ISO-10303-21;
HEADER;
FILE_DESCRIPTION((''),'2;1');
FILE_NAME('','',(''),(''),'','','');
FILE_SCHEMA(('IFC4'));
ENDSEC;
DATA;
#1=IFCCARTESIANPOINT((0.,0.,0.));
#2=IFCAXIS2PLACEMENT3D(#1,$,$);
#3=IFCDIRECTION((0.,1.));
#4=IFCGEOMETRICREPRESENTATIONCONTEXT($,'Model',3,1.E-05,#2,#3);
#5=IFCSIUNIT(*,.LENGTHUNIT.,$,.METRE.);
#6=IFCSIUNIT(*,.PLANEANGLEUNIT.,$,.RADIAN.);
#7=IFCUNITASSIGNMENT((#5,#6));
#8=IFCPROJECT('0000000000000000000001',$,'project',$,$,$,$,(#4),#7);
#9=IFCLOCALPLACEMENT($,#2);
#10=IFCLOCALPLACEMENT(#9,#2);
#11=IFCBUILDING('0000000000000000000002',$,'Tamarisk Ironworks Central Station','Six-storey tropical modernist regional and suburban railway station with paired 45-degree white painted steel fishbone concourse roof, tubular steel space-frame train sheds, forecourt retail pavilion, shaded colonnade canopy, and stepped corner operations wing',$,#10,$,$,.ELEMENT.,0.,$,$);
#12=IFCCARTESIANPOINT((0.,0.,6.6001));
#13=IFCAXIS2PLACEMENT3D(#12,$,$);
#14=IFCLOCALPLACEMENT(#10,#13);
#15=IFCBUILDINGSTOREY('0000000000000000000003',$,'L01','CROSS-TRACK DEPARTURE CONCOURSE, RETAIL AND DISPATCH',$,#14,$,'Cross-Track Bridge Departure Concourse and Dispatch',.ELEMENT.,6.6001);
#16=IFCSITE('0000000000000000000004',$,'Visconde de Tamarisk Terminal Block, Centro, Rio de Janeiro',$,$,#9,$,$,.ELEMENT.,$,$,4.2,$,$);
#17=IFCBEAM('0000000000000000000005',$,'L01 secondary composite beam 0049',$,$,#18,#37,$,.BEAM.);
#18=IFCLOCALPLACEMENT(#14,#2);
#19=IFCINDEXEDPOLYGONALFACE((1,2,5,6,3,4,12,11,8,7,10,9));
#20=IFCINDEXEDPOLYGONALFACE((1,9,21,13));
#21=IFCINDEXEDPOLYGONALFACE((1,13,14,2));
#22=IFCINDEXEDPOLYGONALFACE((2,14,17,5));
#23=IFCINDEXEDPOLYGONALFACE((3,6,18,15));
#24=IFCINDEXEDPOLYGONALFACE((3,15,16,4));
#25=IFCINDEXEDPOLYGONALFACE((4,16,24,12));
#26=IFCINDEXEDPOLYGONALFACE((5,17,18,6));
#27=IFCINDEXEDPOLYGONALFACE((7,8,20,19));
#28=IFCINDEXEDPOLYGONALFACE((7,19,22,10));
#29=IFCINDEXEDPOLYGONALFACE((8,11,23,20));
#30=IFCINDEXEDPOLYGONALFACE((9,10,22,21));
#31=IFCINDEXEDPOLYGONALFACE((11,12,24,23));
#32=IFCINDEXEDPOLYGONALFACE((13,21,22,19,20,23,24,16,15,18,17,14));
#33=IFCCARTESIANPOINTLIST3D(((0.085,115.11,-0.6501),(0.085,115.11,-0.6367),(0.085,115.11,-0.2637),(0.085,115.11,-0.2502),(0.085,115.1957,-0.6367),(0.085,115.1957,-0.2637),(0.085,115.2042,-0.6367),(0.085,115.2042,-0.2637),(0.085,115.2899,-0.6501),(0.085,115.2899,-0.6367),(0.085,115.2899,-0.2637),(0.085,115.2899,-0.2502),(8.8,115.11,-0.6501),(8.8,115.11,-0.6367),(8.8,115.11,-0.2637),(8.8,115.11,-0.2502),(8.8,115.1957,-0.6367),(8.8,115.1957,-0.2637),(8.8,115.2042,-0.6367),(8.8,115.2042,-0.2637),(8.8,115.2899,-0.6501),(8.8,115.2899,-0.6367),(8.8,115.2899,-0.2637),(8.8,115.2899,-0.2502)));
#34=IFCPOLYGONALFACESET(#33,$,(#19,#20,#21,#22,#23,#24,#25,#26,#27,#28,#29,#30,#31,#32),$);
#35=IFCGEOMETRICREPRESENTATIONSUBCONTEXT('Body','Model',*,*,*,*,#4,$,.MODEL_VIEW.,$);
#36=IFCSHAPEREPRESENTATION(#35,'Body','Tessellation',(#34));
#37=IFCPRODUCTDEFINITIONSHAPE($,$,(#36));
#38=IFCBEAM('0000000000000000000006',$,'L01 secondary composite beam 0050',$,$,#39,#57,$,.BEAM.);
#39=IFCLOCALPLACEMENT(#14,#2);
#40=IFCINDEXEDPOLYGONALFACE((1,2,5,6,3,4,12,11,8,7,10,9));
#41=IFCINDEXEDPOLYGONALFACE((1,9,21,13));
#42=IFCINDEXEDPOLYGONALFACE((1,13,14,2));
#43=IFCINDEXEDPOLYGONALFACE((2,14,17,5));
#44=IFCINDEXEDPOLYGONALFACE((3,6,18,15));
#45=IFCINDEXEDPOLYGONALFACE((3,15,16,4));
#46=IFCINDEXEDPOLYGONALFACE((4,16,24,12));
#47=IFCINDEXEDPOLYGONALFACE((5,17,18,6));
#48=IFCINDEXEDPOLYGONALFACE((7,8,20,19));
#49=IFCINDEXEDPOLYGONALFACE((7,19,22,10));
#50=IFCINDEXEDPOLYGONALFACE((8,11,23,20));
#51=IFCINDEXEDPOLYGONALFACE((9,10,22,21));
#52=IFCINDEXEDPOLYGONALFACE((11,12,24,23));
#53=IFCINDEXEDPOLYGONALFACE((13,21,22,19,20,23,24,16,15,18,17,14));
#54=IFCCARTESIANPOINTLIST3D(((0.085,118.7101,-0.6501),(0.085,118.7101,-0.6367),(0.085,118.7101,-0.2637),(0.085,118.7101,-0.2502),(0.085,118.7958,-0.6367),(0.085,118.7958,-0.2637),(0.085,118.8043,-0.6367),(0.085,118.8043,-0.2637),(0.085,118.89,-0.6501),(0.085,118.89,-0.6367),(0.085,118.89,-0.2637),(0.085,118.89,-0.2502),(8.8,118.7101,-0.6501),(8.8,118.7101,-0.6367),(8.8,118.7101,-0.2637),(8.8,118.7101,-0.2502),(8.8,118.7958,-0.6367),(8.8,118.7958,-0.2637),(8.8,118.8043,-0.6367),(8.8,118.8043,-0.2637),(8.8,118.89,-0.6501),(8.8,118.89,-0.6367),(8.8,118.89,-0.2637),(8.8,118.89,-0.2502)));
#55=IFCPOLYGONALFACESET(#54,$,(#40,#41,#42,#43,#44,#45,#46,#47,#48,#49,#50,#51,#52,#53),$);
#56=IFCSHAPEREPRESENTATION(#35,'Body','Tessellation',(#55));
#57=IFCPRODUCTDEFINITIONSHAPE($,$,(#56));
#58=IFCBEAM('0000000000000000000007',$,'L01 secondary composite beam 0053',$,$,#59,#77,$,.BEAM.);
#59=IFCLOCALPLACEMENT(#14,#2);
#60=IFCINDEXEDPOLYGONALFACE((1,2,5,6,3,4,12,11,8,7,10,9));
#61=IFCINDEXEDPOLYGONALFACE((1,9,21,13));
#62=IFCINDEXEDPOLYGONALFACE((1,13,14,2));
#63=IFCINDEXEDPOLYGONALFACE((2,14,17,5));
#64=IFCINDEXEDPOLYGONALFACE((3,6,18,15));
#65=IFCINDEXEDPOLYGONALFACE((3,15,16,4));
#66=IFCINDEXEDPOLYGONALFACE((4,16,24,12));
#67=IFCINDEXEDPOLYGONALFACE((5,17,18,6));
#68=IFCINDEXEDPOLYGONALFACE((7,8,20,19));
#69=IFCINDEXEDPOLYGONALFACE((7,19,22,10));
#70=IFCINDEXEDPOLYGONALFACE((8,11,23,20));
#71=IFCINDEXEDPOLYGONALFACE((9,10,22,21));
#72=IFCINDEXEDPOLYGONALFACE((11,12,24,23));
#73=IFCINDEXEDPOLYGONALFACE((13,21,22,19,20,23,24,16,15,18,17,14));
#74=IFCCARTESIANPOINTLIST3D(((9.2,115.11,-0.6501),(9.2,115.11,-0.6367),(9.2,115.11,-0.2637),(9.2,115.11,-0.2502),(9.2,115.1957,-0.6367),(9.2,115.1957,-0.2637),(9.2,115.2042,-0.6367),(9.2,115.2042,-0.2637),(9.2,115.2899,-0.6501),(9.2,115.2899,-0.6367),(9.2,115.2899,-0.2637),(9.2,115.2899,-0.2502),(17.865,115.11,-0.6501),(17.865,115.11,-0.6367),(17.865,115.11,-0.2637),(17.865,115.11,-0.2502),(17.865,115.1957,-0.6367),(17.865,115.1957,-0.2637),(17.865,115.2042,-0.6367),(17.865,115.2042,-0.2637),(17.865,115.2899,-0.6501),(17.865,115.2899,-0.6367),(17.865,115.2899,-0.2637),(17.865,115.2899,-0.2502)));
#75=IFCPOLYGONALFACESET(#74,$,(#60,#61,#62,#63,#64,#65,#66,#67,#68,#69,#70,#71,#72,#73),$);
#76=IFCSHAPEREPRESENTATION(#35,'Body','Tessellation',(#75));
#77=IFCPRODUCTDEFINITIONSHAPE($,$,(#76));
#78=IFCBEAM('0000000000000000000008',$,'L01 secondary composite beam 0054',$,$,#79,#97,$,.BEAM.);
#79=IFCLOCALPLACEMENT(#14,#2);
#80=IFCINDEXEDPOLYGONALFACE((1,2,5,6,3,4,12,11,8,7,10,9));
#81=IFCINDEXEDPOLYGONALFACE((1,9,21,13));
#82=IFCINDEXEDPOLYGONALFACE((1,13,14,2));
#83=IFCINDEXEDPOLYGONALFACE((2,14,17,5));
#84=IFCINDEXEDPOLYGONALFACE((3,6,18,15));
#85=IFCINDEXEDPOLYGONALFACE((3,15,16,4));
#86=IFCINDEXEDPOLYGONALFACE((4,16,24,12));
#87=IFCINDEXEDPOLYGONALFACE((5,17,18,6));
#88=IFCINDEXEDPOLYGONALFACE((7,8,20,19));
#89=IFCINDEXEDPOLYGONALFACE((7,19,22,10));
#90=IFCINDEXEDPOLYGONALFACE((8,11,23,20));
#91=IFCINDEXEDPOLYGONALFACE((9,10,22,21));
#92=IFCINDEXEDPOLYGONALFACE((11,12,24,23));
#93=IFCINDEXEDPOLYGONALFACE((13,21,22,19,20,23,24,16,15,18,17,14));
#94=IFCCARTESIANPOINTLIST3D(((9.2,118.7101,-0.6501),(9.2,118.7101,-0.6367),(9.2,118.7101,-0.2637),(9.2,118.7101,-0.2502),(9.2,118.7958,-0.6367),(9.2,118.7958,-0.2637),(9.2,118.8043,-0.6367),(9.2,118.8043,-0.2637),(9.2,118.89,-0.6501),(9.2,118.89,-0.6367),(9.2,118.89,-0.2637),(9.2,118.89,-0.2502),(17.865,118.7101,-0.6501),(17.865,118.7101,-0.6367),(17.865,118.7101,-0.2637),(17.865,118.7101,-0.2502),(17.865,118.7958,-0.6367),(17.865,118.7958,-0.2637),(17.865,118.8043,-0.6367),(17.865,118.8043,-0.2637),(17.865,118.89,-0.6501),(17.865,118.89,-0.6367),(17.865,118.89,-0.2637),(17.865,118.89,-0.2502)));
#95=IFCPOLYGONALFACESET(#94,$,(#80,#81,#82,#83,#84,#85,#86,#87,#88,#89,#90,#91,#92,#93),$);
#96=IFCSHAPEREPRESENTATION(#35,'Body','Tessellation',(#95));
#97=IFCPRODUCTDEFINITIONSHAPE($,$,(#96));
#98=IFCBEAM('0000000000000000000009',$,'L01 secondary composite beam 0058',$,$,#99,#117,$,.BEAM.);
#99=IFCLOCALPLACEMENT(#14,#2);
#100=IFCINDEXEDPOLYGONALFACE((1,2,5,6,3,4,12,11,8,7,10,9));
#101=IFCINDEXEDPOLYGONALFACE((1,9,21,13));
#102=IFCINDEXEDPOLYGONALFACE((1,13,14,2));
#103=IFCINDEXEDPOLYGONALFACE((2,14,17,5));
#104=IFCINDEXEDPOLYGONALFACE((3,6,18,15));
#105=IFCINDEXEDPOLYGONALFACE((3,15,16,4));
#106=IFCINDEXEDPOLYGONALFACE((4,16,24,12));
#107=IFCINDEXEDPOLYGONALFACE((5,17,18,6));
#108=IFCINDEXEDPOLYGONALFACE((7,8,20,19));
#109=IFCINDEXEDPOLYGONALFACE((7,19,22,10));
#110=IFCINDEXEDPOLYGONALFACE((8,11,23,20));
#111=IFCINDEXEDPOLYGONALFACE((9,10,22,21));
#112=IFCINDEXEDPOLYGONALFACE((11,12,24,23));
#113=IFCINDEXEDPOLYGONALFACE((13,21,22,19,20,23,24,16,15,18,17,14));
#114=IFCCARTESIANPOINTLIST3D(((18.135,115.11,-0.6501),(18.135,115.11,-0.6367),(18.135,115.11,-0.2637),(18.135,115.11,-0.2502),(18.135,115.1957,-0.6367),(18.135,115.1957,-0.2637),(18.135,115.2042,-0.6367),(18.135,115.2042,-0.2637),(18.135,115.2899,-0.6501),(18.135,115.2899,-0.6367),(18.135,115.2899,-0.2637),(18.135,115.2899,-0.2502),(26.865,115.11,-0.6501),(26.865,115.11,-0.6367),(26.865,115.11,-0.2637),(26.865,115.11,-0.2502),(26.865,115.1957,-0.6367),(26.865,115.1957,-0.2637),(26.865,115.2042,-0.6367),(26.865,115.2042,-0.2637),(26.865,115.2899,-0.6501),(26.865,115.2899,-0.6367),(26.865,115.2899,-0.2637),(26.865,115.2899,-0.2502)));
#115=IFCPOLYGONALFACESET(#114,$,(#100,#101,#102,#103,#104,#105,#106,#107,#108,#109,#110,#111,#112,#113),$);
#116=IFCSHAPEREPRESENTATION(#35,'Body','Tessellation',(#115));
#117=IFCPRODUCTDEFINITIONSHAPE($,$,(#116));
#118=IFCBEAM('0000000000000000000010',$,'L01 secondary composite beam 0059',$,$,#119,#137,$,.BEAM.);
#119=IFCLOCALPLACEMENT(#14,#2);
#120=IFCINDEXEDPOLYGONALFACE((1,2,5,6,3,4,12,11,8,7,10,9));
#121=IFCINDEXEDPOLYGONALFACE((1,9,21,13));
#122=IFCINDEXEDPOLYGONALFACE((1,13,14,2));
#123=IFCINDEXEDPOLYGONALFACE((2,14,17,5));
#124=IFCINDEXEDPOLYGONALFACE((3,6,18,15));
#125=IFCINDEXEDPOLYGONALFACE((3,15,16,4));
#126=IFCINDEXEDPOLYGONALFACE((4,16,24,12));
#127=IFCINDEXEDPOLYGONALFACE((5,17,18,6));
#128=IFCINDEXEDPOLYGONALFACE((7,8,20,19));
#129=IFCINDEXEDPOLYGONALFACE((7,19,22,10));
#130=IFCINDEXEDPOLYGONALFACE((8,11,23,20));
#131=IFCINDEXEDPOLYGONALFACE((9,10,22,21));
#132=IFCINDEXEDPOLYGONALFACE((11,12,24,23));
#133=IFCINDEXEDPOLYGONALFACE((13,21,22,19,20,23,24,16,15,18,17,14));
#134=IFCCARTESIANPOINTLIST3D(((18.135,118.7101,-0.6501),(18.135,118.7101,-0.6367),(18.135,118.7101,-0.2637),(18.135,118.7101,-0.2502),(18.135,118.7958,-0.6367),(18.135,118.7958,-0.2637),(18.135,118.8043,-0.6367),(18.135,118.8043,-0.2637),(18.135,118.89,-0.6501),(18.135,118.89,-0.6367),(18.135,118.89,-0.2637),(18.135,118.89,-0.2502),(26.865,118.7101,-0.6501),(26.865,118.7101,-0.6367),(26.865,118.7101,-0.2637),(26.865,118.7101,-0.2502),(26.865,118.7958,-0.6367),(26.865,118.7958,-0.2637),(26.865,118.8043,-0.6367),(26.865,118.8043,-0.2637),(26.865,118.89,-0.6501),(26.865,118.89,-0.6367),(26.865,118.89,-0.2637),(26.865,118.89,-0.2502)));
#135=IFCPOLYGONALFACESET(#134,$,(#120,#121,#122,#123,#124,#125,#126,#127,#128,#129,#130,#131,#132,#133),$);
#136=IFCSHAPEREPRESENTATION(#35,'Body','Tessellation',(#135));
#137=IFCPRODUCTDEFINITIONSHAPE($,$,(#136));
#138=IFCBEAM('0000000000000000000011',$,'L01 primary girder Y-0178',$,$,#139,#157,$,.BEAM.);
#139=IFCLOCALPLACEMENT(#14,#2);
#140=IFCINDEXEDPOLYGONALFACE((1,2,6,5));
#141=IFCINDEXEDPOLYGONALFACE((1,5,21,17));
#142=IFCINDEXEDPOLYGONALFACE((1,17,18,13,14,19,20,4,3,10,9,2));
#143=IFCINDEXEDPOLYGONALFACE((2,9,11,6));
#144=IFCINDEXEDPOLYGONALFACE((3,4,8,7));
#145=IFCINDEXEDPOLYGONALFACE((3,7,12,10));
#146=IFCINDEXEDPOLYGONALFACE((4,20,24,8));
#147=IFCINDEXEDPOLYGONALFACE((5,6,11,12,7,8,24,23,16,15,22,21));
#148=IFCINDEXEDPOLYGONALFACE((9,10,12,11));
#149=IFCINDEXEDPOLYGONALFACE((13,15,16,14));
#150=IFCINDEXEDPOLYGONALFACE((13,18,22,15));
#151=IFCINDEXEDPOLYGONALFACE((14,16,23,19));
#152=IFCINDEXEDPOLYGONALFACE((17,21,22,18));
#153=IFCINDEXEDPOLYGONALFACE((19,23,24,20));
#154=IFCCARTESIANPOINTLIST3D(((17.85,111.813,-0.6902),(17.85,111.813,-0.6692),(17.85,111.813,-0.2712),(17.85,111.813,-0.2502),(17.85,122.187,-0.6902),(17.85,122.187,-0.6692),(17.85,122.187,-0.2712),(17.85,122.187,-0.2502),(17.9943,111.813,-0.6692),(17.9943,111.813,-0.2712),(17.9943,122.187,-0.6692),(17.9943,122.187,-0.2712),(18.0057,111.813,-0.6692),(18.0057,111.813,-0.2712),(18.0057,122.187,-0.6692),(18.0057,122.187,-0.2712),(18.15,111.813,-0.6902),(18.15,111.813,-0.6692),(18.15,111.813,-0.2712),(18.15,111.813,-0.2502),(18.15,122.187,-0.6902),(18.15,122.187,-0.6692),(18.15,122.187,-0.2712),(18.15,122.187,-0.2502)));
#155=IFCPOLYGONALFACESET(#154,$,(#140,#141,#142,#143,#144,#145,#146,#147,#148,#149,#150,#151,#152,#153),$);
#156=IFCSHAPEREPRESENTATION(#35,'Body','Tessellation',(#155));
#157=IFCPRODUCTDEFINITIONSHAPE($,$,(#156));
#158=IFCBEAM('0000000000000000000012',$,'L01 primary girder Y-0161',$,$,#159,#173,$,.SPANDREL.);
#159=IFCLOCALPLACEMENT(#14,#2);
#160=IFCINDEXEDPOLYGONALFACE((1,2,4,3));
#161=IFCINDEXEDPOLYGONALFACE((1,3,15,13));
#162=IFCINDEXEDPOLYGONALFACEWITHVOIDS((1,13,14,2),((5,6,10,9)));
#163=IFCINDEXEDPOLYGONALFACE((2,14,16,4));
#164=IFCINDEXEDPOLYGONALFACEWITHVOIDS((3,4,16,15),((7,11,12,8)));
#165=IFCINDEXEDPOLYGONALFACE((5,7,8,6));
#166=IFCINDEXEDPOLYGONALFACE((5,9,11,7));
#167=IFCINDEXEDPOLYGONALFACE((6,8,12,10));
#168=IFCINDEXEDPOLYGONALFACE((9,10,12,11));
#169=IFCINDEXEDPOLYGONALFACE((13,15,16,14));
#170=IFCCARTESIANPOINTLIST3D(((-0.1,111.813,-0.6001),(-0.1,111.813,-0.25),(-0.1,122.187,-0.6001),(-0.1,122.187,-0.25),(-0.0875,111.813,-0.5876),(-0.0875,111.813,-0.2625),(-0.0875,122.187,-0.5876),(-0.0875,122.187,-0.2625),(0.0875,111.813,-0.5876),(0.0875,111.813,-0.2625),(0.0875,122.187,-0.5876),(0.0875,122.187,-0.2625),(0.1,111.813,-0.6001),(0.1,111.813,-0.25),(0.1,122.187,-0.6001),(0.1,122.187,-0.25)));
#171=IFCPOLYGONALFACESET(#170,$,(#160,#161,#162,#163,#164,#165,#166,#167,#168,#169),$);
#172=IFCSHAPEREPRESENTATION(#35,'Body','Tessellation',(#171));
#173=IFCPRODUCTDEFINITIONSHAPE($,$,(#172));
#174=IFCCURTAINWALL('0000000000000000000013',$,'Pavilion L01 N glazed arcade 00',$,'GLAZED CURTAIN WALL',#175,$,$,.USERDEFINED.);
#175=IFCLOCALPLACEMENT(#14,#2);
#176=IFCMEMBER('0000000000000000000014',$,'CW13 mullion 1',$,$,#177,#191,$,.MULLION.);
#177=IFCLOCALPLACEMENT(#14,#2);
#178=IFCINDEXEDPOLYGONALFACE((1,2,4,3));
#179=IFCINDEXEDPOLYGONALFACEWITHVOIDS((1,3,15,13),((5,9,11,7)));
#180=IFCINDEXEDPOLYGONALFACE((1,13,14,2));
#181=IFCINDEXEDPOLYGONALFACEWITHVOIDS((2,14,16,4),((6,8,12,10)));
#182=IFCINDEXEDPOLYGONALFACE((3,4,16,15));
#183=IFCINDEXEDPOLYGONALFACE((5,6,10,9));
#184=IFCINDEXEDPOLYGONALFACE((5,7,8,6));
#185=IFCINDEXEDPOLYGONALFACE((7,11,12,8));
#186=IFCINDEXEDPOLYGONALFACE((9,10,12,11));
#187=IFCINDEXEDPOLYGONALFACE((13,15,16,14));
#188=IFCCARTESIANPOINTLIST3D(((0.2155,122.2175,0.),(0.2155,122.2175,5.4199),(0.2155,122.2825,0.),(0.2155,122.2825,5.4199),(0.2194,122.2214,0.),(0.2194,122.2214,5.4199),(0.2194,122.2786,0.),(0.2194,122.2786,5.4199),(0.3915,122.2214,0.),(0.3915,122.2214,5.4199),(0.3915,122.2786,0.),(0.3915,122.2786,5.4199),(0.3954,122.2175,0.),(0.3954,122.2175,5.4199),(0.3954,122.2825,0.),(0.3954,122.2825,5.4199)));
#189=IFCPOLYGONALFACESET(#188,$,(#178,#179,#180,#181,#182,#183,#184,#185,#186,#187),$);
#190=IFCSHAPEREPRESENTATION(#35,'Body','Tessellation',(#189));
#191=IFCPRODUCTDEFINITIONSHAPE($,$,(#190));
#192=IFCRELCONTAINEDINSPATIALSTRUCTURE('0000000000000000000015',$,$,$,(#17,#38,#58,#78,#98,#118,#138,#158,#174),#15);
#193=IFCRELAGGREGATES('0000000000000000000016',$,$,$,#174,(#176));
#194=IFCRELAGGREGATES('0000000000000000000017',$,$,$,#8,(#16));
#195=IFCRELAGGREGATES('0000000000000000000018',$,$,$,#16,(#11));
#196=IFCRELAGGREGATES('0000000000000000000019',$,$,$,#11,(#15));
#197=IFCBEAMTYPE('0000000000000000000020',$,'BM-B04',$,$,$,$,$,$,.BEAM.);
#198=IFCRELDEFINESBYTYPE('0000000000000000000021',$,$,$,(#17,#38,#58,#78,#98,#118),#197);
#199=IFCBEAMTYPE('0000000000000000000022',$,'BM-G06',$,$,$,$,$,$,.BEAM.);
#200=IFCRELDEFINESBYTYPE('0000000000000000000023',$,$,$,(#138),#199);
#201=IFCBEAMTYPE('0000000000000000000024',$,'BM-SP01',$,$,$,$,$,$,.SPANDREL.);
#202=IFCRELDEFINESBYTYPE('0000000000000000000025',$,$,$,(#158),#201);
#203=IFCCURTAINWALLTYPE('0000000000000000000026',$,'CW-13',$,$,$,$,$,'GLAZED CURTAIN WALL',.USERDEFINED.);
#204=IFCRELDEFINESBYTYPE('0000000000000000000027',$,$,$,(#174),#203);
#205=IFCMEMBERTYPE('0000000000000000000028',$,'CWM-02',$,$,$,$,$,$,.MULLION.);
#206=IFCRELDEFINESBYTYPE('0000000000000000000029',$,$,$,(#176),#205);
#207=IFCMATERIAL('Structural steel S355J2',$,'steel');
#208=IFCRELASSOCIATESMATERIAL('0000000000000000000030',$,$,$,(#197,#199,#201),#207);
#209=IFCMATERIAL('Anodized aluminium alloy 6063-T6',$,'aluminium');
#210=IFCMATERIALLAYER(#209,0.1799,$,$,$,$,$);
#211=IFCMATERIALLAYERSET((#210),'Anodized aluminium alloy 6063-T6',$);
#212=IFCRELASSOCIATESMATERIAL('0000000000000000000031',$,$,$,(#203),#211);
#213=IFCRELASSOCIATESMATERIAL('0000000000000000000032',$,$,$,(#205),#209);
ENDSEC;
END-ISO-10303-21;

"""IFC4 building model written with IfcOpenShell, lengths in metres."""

from ifc_helpers import new_model, si_unit, direction, frame, origin, origin_2d, place, context, subcontext, project, spatial, hollow_rectangle, i_section, extrude, material, layer, layer_set, material_profile, profile_set, type_object, element, aggregate, save


model = new_model("IFC4")

# Units and contexts
model_context = context("Model", 3, precision=1e-05, world=origin(), true_north=direction((0.0, 1.0)))
body_context = subcontext(model_context, "Body", "Model", "MODEL_VIEW")
ifc_project = project(units=[si_unit("LENGTHUNIT", "METRE"), si_unit("PLANEANGLEUNIT", "RADIAN")], contexts=[model_context])

# Site, building, storey
site_placement = place(None, origin())
site = spatial("IfcSite", under=ifc_project, at=site_placement, Name="Visconde de Tamarisk Terminal Block, Centro, Rio de Janeiro", CompositionType="ELEMENT", RefElevation=4.2)
building_placement = place(site_placement, origin())
building = spatial("IfcBuilding", under=site, at=building_placement, Name="Tamarisk Ironworks Central Station", Description="Six-storey tropical modernist regional and suburban railway station with paired 45-degree white painted steel fishbone concourse roof, tubular steel space-frame train sheds, forecourt retail pavilion, shaded colonnade canopy, and stepped corner operations wing", CompositionType="ELEMENT", ElevationOfRefHeight=0.0)
storey_placement = place(building_placement, frame((0.0, 0.0, 6.6001)))
storey = spatial("IfcBuildingStorey", under=building, at=storey_placement, Name="L01", Description="CROSS-TRACK DEPARTURE CONCOURSE, RETAIL AND DISPATCH", LongName="Cross-Track Bridge Departure Concourse and Dispatch", CompositionType="ELEMENT", Elevation=6.6001)

# Beams
ifc_material_1 = material(Name="Structural steel S355J2", Category="steel")
ifc_material_profile_1 = material_profile(ifc_material_1, i_section(OverallWidth=0.1799, OverallDepth=0.3999, WebThickness=0.0085, FlangeThickness=0.0134, at=origin_2d()), Name="IPE 400")
ifc_profile_set_1 = profile_set([ifc_material_profile_1], Name="Structural steel S355J2")
beam_type_1 = type_object("IfcBeamType", Name="BM-B04", PredefinedType="BEAM", material=ifc_profile_set_1)
for number, where, z_axis, x_axis, name in (
    (1, (0.085, 115.2, -0.4502), (1.0, 0.0, 0.0), (0.0, 1.0, 0.0), "L01 secondary composite beam 0049"),
    (2, (0.085, 118.8, -0.4502), (1.0, 0.0, 0.0), (0.0, 1.0, 0.0), "L01 secondary composite beam 0050"),
):
    element("IfcBeam", number, at=place(storey_placement, frame(where, z_axis=z_axis, x_axis=x_axis)), inside=storey, type_object=beam_type_1, Name=name, PredefinedType="BEAM", context=body_context, shape_type="SweptSolid", body=[
        extrude(i_section(OverallWidth=0.1799, OverallDepth=0.3999, WebThickness=0.0085, FlangeThickness=0.0134, at=origin_2d()), origin(), (0.0, 0.0, 1.0), 8.7151),
    ])
for number, where, z_axis, x_axis, name in (
    (3, (9.2, 115.2, -0.4502), (1.0, 0.0, 0.0), (0.0, 1.0, 0.0), "L01 secondary composite beam 0053"),
    (4, (9.2, 118.8, -0.4502), (1.0, 0.0, 0.0), (0.0, 1.0, 0.0), "L01 secondary composite beam 0054"),
):
    element("IfcBeam", number, at=place(storey_placement, frame(where, z_axis=z_axis, x_axis=x_axis)), inside=storey, type_object=beam_type_1, Name=name, PredefinedType="BEAM", context=body_context, shape_type="SweptSolid", body=[
        extrude(i_section(OverallWidth=0.1799, OverallDepth=0.3999, WebThickness=0.0085, FlangeThickness=0.0134, at=origin_2d()), origin(), (0.0, 0.0, 1.0), 8.665),
    ])
for number, where, z_axis, x_axis, name in (
    (5, (18.135, 115.2, -0.4502), (1.0, 0.0, 0.0), (0.0, 1.0, 0.0), "L01 secondary composite beam 0058"),
    (6, (18.135, 118.8, -0.4502), (1.0, 0.0, 0.0), (0.0, 1.0, 0.0), "L01 secondary composite beam 0059"),
):
    element("IfcBeam", number, at=place(storey_placement, frame(where, z_axis=z_axis, x_axis=x_axis)), inside=storey, type_object=beam_type_1, Name=name, PredefinedType="BEAM", context=body_context, shape_type="SweptSolid", body=[
        extrude(i_section(OverallWidth=0.1799, OverallDepth=0.3999, WebThickness=0.0085, FlangeThickness=0.0134, at=origin_2d()), origin(), (0.0, 0.0, 1.0), 8.73),
    ])
ifc_material_profile_2 = material_profile(ifc_material_1, i_section(OverallWidth=0.3, OverallDepth=0.4399, WebThickness=0.0115, FlangeThickness=0.021, at=origin_2d()), Name="HEA 450")
ifc_profile_set_2 = profile_set([ifc_material_profile_2], Name="Structural steel S355J2")
beam_type_2 = type_object("IfcBeamType", Name="BM-G06", PredefinedType="BEAM", material=ifc_profile_set_2)
beam_1_placement = place(storey_placement, frame((18.0, 111.813, -0.4702), z_axis=(0.0, 1.0, 0.0), x_axis=(-1.0, 0.0, 0.0)))
element("IfcBeam", 7, at=beam_1_placement, inside=storey, type_object=beam_type_2, Name="L01 primary girder Y-0178", PredefinedType="BEAM", context=body_context, shape_type="SweptSolid", body=[
    extrude(i_section(OverallWidth=0.3, OverallDepth=0.4399, WebThickness=0.0115, FlangeThickness=0.021, at=origin_2d()), origin(), (0.0, 0.0, 1.0), 10.374),
])
ifc_material_profile_3 = material_profile(ifc_material_1, hollow_rectangle(XDim=0.2, YDim=0.3501, WallThickness=0.0125, at=origin_2d()), Name="RHS 350x200x12.5")
ifc_profile_set_3 = profile_set([ifc_material_profile_3], Name="Structural steel S355J2")
beam_type_3 = type_object("IfcBeamType", Name="BM-SP01", PredefinedType="SPANDREL", material=ifc_profile_set_3)
beam_2_placement = place(storey_placement, frame((0.0, 111.813, -0.425), z_axis=(0.0, 1.0, 0.0), x_axis=(-1.0, 0.0, 0.0)))
element("IfcBeam", 8, at=beam_2_placement, inside=storey, type_object=beam_type_3, Name="L01 primary girder Y-0161", PredefinedType="SPANDREL", context=body_context, shape_type="SweptSolid", body=[
    extrude(hollow_rectangle(XDim=0.2, YDim=0.3501, WallThickness=0.0125, at=origin_2d()), origin(), (0.0, 0.0, 1.0), 10.374),
])

# Curtain wall, member
ifc_material_2 = material(Name="Anodized aluminium alloy 6063-T6", Category="aluminium")
ifc_layer_1 = layer(ifc_material_2, 0.1799)
ifc_layer_set_1 = layer_set([ifc_layer_1], Name="Anodized aluminium alloy 6063-T6")
curtain_wall_type = type_object("IfcCurtainWallType", Name="CW-13", ElementType="GLAZED CURTAIN WALL", PredefinedType="USERDEFINED", material=ifc_layer_set_1)
curtain_wall_placement = place(storey_placement, origin())
curtain_wall = element("IfcCurtainWall", 9, at=curtain_wall_placement, inside=storey, type_object=curtain_wall_type, Name="Pavilion L01 N glazed arcade 00", ObjectType="GLAZED CURTAIN WALL", PredefinedType="USERDEFINED")
ifc_material_profile_4 = material_profile(ifc_material_2, hollow_rectangle(XDim=0.0649, YDim=0.1799, WallThickness=0.0039, at=origin_2d()), Name="ALUM 180x65")
ifc_profile_set_4 = profile_set([ifc_material_profile_4], Name="Anodized aluminium alloy 6063-T6")
member_type_1 = type_object("IfcMemberType", Name="CWM-02", PredefinedType="MULLION", material=ifc_profile_set_4)
member_1_placement = place(storey_placement, frame((0.3054, 122.25, 0.0), z_axis=(0.0, 0.0, 1.0), x_axis=(0.0, 1.0, 0.0)))
member_1 = element("IfcMember", 10, at=member_1_placement, type_object=member_type_1, Name="CW13 mullion 1", PredefinedType="MULLION", context=body_context, shape_type="SweptSolid", body=[
    extrude(hollow_rectangle(XDim=0.0649, YDim=0.1799, WallThickness=0.0039, at=origin_2d()), origin(), (0.0, 0.0, 1.0), 5.4199),
])
aggregate(curtain_wall, [member_1])

save(model, "model.ifc")
